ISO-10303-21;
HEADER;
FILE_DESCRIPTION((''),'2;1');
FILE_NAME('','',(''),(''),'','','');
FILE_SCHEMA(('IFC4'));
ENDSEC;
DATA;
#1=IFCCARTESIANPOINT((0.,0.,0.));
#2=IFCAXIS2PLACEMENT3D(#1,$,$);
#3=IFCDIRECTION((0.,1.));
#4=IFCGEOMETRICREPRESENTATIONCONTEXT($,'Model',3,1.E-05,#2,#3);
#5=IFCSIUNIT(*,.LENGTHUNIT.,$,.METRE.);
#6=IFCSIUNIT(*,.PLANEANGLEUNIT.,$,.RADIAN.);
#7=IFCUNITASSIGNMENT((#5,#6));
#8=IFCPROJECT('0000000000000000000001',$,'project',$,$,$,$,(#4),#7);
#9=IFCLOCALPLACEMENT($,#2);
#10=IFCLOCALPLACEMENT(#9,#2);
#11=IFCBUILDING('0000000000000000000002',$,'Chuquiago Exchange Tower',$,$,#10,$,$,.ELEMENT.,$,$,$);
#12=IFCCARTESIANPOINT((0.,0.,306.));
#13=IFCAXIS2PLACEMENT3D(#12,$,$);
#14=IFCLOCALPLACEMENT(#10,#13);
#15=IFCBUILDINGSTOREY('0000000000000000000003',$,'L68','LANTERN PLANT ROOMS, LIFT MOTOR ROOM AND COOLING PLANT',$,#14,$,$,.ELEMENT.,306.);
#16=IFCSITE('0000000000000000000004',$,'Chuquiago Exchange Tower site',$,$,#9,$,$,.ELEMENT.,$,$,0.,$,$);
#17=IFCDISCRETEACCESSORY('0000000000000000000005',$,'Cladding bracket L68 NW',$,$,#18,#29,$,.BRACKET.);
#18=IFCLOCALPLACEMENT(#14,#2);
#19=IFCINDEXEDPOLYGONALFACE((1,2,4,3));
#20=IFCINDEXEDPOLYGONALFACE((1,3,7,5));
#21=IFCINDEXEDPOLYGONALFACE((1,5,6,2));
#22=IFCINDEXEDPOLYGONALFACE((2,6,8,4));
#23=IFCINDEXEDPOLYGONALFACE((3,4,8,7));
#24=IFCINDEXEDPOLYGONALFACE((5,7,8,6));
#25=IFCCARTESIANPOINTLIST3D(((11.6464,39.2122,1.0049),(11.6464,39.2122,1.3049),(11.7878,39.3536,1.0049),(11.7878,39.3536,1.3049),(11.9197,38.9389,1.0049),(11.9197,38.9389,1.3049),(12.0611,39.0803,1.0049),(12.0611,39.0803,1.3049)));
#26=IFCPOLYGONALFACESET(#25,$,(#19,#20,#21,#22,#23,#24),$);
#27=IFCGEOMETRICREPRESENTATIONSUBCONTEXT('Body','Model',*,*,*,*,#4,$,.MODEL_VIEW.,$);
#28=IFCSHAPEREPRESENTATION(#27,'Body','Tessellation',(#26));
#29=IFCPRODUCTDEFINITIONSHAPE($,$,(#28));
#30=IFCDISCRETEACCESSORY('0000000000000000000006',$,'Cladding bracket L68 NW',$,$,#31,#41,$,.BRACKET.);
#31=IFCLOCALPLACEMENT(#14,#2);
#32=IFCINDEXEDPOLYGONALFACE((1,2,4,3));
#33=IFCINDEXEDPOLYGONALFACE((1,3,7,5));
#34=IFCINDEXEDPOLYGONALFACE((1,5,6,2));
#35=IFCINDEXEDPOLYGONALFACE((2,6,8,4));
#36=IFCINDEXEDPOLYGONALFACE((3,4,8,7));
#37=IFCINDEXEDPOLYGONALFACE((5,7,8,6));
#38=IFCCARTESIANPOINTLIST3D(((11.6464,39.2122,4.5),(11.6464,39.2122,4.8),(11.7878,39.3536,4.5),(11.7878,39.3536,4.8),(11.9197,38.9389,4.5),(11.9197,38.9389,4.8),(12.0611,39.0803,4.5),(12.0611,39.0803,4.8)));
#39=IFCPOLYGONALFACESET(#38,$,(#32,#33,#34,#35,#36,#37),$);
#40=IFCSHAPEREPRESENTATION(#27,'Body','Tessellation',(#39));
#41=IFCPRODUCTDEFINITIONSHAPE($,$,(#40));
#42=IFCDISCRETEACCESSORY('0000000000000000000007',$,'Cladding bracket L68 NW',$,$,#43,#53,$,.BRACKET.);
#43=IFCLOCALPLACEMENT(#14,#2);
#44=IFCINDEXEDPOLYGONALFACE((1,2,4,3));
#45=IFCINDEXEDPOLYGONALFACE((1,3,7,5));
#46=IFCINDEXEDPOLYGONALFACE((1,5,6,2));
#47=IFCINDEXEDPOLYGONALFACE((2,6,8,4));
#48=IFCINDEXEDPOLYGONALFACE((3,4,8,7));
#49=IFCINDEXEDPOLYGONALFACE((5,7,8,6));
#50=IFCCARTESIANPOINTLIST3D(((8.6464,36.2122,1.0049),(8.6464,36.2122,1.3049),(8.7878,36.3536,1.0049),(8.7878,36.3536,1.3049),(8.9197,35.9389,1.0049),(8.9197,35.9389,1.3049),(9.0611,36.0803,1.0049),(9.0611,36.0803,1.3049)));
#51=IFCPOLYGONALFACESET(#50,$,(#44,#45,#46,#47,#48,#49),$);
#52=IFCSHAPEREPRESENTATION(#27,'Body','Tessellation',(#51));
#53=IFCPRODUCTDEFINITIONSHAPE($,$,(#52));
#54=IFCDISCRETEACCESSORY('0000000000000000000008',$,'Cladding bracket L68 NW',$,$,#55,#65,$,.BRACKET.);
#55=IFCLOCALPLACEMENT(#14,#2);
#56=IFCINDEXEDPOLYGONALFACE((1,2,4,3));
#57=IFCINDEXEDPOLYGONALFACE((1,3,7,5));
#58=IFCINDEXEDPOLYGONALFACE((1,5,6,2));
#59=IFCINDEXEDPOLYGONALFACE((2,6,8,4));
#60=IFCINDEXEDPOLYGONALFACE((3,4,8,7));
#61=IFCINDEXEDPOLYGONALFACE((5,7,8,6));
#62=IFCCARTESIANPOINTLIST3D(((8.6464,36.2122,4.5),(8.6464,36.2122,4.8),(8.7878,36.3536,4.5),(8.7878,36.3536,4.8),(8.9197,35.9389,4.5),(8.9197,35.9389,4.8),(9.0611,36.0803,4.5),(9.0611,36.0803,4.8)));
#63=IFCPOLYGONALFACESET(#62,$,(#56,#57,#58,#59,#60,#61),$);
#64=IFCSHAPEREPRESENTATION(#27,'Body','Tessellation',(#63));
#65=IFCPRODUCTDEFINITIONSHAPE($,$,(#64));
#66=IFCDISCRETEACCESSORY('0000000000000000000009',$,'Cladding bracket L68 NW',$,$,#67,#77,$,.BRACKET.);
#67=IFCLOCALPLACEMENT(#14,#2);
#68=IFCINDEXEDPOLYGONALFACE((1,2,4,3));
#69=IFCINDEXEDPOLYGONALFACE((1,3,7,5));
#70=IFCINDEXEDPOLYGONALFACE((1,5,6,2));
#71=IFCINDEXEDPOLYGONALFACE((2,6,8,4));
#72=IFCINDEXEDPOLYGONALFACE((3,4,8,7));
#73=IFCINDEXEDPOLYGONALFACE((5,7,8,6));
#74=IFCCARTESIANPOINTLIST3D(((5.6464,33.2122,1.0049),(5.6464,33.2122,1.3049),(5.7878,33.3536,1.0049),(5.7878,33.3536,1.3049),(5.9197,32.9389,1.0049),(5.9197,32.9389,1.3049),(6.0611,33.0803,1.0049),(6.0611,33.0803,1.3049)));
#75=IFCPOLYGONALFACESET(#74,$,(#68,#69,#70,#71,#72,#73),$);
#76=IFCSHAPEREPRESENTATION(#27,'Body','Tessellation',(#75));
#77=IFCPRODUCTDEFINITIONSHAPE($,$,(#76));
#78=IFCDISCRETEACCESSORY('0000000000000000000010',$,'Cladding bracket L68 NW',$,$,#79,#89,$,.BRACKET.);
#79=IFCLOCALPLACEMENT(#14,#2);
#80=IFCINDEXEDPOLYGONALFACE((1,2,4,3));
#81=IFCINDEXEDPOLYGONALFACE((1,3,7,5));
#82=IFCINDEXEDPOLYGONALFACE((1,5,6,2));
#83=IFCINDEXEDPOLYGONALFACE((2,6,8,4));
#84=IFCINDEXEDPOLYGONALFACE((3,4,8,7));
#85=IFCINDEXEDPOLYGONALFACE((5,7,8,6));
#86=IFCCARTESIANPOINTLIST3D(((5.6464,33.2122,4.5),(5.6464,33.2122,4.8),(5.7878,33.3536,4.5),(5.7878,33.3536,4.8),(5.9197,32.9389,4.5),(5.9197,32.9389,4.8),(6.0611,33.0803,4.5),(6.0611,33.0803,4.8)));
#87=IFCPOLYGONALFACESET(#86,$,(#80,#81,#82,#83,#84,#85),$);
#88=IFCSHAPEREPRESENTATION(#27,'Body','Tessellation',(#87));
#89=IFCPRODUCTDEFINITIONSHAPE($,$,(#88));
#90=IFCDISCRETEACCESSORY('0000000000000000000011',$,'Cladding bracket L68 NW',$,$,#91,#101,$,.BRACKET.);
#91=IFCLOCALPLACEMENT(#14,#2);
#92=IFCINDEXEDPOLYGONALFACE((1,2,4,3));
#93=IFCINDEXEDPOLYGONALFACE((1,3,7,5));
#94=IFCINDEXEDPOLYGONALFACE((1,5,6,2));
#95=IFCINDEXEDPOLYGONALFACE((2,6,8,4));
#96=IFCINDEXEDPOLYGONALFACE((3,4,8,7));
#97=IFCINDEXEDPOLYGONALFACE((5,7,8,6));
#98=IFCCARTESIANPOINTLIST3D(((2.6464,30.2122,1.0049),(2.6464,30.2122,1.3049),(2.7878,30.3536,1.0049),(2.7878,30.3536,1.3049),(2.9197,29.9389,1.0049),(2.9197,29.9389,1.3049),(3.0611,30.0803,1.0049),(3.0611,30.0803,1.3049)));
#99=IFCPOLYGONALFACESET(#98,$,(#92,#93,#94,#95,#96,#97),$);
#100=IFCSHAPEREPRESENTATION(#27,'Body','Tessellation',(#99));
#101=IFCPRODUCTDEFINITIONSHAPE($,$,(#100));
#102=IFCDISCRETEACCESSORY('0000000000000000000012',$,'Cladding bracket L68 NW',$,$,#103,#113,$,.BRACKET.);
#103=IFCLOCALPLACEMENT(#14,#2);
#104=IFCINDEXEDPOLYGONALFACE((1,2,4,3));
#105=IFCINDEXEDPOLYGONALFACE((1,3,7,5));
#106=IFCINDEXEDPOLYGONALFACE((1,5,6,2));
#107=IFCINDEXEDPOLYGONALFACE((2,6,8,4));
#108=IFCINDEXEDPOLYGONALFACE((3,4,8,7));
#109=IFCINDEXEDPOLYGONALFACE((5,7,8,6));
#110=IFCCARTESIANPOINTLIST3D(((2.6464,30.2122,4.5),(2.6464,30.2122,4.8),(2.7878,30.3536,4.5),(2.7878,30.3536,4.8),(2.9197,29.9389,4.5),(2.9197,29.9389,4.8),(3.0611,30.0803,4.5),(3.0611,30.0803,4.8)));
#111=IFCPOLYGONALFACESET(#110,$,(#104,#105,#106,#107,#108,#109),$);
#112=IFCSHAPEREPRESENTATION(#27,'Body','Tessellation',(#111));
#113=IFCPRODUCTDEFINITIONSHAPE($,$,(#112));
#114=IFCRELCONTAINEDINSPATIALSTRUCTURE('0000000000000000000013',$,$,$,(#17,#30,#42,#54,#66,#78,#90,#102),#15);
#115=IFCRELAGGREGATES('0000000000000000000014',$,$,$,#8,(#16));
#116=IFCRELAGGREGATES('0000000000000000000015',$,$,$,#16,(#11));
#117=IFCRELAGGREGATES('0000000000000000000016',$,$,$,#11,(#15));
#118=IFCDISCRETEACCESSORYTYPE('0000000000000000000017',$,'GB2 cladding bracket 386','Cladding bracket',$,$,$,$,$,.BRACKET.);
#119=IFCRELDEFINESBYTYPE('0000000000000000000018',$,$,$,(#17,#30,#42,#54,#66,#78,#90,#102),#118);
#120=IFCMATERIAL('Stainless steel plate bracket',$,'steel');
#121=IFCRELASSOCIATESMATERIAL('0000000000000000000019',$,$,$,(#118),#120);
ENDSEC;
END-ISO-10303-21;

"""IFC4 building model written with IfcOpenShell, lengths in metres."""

from ifc_helpers import new_model, si_unit, direction, frame, origin, origin_2d, place, context, subcontext, project, spatial, rectangle, extrude, material, type_object, element, save


model = new_model("IFC4")

# Units and contexts
model_context = context("Model", 3, precision=1e-05, world=origin(), true_north=direction((0.0, 1.0)))
body_context = subcontext(model_context, "Body", "Model", "MODEL_VIEW")
ifc_project = project(units=[si_unit("LENGTHUNIT", "METRE"), si_unit("PLANEANGLEUNIT", "RADIAN")], contexts=[model_context])

# Site, building, storey
site_placement = place(None, origin())
site = spatial("IfcSite", under=ifc_project, at=site_placement, Name="Chuquiago Exchange Tower site", CompositionType="ELEMENT", RefElevation=0.0)
building_placement = place(site_placement, origin())
building = spatial("IfcBuilding", under=site, at=building_placement, Name="Chuquiago Exchange Tower", CompositionType="ELEMENT")
storey_placement = place(building_placement, frame((0.0, 0.0, 306.0)))
storey = spatial("IfcBuildingStorey", under=building, at=storey_placement, Name="L68", Description="LANTERN PLANT ROOMS, LIFT MOTOR ROOM AND COOLING PLANT", CompositionType="ELEMENT", Elevation=306.0)

# Discrete accessories
ifc_material_1 = material(Name="Stainless steel plate bracket", Category="steel")
discrete_accessory_type = type_object("IfcDiscreteAccessoryType", Name="GB2 cladding bracket 386", Description="Cladding bracket", PredefinedType="BRACKET", material=ifc_material_1)
for number, where, z_axis, x_axis, name in (
    (1, (11.8538, 39.1462, 1.0049), (0.0, 0.0, 1.0), (-0.707107, -0.707107, 0.0), "Cladding bracket L68 NW"),
    (2, (11.8538, 39.1462, 4.5), (0.0, 0.0, 1.0), (-0.707107, -0.707107, 0.0), "Cladding bracket L68 NW"),
    (3, (8.8538, 36.1462, 1.0049), (0.0, 0.0, 1.0), (-0.707107, -0.707107, 0.0), "Cladding bracket L68 NW"),
    (4, (8.8538, 36.1462, 4.5), (0.0, 0.0, 1.0), (-0.707107, -0.707107, 0.0), "Cladding bracket L68 NW"),
    (5, (5.8538, 33.1462, 1.0049), (0.0, 0.0, 1.0), (-0.707107, -0.707107, 0.0), "Cladding bracket L68 NW"),
    (6, (5.8538, 33.1462, 4.5), (0.0, 0.0, 1.0), (-0.707107, -0.707107, 0.0), "Cladding bracket L68 NW"),
    (7, (2.8538, 30.1462, 1.0049), (0.0, 0.0, 1.0), (-0.707107, -0.707107, 0.0), "Cladding bracket L68 NW"),
    (8, (2.8538, 30.1462, 4.5), (0.0, 0.0, 1.0), (-0.707107, -0.707107, 0.0), "Cladding bracket L68 NW"),
):
    element("IfcDiscreteAccessory", number, at=place(storey_placement, frame(where, z_axis=z_axis, x_axis=x_axis)), inside=storey, type_object=discrete_accessory_type, Name=name, PredefinedType="BRACKET", context=body_context, shape_type="SweptSolid", body=[
        extrude(rectangle(XDim=0.2, YDim=0.3865, at=origin_2d()), origin(), (0.0, 0.0, 1.0), 0.3),
    ])

save(model, "model.ifc")
